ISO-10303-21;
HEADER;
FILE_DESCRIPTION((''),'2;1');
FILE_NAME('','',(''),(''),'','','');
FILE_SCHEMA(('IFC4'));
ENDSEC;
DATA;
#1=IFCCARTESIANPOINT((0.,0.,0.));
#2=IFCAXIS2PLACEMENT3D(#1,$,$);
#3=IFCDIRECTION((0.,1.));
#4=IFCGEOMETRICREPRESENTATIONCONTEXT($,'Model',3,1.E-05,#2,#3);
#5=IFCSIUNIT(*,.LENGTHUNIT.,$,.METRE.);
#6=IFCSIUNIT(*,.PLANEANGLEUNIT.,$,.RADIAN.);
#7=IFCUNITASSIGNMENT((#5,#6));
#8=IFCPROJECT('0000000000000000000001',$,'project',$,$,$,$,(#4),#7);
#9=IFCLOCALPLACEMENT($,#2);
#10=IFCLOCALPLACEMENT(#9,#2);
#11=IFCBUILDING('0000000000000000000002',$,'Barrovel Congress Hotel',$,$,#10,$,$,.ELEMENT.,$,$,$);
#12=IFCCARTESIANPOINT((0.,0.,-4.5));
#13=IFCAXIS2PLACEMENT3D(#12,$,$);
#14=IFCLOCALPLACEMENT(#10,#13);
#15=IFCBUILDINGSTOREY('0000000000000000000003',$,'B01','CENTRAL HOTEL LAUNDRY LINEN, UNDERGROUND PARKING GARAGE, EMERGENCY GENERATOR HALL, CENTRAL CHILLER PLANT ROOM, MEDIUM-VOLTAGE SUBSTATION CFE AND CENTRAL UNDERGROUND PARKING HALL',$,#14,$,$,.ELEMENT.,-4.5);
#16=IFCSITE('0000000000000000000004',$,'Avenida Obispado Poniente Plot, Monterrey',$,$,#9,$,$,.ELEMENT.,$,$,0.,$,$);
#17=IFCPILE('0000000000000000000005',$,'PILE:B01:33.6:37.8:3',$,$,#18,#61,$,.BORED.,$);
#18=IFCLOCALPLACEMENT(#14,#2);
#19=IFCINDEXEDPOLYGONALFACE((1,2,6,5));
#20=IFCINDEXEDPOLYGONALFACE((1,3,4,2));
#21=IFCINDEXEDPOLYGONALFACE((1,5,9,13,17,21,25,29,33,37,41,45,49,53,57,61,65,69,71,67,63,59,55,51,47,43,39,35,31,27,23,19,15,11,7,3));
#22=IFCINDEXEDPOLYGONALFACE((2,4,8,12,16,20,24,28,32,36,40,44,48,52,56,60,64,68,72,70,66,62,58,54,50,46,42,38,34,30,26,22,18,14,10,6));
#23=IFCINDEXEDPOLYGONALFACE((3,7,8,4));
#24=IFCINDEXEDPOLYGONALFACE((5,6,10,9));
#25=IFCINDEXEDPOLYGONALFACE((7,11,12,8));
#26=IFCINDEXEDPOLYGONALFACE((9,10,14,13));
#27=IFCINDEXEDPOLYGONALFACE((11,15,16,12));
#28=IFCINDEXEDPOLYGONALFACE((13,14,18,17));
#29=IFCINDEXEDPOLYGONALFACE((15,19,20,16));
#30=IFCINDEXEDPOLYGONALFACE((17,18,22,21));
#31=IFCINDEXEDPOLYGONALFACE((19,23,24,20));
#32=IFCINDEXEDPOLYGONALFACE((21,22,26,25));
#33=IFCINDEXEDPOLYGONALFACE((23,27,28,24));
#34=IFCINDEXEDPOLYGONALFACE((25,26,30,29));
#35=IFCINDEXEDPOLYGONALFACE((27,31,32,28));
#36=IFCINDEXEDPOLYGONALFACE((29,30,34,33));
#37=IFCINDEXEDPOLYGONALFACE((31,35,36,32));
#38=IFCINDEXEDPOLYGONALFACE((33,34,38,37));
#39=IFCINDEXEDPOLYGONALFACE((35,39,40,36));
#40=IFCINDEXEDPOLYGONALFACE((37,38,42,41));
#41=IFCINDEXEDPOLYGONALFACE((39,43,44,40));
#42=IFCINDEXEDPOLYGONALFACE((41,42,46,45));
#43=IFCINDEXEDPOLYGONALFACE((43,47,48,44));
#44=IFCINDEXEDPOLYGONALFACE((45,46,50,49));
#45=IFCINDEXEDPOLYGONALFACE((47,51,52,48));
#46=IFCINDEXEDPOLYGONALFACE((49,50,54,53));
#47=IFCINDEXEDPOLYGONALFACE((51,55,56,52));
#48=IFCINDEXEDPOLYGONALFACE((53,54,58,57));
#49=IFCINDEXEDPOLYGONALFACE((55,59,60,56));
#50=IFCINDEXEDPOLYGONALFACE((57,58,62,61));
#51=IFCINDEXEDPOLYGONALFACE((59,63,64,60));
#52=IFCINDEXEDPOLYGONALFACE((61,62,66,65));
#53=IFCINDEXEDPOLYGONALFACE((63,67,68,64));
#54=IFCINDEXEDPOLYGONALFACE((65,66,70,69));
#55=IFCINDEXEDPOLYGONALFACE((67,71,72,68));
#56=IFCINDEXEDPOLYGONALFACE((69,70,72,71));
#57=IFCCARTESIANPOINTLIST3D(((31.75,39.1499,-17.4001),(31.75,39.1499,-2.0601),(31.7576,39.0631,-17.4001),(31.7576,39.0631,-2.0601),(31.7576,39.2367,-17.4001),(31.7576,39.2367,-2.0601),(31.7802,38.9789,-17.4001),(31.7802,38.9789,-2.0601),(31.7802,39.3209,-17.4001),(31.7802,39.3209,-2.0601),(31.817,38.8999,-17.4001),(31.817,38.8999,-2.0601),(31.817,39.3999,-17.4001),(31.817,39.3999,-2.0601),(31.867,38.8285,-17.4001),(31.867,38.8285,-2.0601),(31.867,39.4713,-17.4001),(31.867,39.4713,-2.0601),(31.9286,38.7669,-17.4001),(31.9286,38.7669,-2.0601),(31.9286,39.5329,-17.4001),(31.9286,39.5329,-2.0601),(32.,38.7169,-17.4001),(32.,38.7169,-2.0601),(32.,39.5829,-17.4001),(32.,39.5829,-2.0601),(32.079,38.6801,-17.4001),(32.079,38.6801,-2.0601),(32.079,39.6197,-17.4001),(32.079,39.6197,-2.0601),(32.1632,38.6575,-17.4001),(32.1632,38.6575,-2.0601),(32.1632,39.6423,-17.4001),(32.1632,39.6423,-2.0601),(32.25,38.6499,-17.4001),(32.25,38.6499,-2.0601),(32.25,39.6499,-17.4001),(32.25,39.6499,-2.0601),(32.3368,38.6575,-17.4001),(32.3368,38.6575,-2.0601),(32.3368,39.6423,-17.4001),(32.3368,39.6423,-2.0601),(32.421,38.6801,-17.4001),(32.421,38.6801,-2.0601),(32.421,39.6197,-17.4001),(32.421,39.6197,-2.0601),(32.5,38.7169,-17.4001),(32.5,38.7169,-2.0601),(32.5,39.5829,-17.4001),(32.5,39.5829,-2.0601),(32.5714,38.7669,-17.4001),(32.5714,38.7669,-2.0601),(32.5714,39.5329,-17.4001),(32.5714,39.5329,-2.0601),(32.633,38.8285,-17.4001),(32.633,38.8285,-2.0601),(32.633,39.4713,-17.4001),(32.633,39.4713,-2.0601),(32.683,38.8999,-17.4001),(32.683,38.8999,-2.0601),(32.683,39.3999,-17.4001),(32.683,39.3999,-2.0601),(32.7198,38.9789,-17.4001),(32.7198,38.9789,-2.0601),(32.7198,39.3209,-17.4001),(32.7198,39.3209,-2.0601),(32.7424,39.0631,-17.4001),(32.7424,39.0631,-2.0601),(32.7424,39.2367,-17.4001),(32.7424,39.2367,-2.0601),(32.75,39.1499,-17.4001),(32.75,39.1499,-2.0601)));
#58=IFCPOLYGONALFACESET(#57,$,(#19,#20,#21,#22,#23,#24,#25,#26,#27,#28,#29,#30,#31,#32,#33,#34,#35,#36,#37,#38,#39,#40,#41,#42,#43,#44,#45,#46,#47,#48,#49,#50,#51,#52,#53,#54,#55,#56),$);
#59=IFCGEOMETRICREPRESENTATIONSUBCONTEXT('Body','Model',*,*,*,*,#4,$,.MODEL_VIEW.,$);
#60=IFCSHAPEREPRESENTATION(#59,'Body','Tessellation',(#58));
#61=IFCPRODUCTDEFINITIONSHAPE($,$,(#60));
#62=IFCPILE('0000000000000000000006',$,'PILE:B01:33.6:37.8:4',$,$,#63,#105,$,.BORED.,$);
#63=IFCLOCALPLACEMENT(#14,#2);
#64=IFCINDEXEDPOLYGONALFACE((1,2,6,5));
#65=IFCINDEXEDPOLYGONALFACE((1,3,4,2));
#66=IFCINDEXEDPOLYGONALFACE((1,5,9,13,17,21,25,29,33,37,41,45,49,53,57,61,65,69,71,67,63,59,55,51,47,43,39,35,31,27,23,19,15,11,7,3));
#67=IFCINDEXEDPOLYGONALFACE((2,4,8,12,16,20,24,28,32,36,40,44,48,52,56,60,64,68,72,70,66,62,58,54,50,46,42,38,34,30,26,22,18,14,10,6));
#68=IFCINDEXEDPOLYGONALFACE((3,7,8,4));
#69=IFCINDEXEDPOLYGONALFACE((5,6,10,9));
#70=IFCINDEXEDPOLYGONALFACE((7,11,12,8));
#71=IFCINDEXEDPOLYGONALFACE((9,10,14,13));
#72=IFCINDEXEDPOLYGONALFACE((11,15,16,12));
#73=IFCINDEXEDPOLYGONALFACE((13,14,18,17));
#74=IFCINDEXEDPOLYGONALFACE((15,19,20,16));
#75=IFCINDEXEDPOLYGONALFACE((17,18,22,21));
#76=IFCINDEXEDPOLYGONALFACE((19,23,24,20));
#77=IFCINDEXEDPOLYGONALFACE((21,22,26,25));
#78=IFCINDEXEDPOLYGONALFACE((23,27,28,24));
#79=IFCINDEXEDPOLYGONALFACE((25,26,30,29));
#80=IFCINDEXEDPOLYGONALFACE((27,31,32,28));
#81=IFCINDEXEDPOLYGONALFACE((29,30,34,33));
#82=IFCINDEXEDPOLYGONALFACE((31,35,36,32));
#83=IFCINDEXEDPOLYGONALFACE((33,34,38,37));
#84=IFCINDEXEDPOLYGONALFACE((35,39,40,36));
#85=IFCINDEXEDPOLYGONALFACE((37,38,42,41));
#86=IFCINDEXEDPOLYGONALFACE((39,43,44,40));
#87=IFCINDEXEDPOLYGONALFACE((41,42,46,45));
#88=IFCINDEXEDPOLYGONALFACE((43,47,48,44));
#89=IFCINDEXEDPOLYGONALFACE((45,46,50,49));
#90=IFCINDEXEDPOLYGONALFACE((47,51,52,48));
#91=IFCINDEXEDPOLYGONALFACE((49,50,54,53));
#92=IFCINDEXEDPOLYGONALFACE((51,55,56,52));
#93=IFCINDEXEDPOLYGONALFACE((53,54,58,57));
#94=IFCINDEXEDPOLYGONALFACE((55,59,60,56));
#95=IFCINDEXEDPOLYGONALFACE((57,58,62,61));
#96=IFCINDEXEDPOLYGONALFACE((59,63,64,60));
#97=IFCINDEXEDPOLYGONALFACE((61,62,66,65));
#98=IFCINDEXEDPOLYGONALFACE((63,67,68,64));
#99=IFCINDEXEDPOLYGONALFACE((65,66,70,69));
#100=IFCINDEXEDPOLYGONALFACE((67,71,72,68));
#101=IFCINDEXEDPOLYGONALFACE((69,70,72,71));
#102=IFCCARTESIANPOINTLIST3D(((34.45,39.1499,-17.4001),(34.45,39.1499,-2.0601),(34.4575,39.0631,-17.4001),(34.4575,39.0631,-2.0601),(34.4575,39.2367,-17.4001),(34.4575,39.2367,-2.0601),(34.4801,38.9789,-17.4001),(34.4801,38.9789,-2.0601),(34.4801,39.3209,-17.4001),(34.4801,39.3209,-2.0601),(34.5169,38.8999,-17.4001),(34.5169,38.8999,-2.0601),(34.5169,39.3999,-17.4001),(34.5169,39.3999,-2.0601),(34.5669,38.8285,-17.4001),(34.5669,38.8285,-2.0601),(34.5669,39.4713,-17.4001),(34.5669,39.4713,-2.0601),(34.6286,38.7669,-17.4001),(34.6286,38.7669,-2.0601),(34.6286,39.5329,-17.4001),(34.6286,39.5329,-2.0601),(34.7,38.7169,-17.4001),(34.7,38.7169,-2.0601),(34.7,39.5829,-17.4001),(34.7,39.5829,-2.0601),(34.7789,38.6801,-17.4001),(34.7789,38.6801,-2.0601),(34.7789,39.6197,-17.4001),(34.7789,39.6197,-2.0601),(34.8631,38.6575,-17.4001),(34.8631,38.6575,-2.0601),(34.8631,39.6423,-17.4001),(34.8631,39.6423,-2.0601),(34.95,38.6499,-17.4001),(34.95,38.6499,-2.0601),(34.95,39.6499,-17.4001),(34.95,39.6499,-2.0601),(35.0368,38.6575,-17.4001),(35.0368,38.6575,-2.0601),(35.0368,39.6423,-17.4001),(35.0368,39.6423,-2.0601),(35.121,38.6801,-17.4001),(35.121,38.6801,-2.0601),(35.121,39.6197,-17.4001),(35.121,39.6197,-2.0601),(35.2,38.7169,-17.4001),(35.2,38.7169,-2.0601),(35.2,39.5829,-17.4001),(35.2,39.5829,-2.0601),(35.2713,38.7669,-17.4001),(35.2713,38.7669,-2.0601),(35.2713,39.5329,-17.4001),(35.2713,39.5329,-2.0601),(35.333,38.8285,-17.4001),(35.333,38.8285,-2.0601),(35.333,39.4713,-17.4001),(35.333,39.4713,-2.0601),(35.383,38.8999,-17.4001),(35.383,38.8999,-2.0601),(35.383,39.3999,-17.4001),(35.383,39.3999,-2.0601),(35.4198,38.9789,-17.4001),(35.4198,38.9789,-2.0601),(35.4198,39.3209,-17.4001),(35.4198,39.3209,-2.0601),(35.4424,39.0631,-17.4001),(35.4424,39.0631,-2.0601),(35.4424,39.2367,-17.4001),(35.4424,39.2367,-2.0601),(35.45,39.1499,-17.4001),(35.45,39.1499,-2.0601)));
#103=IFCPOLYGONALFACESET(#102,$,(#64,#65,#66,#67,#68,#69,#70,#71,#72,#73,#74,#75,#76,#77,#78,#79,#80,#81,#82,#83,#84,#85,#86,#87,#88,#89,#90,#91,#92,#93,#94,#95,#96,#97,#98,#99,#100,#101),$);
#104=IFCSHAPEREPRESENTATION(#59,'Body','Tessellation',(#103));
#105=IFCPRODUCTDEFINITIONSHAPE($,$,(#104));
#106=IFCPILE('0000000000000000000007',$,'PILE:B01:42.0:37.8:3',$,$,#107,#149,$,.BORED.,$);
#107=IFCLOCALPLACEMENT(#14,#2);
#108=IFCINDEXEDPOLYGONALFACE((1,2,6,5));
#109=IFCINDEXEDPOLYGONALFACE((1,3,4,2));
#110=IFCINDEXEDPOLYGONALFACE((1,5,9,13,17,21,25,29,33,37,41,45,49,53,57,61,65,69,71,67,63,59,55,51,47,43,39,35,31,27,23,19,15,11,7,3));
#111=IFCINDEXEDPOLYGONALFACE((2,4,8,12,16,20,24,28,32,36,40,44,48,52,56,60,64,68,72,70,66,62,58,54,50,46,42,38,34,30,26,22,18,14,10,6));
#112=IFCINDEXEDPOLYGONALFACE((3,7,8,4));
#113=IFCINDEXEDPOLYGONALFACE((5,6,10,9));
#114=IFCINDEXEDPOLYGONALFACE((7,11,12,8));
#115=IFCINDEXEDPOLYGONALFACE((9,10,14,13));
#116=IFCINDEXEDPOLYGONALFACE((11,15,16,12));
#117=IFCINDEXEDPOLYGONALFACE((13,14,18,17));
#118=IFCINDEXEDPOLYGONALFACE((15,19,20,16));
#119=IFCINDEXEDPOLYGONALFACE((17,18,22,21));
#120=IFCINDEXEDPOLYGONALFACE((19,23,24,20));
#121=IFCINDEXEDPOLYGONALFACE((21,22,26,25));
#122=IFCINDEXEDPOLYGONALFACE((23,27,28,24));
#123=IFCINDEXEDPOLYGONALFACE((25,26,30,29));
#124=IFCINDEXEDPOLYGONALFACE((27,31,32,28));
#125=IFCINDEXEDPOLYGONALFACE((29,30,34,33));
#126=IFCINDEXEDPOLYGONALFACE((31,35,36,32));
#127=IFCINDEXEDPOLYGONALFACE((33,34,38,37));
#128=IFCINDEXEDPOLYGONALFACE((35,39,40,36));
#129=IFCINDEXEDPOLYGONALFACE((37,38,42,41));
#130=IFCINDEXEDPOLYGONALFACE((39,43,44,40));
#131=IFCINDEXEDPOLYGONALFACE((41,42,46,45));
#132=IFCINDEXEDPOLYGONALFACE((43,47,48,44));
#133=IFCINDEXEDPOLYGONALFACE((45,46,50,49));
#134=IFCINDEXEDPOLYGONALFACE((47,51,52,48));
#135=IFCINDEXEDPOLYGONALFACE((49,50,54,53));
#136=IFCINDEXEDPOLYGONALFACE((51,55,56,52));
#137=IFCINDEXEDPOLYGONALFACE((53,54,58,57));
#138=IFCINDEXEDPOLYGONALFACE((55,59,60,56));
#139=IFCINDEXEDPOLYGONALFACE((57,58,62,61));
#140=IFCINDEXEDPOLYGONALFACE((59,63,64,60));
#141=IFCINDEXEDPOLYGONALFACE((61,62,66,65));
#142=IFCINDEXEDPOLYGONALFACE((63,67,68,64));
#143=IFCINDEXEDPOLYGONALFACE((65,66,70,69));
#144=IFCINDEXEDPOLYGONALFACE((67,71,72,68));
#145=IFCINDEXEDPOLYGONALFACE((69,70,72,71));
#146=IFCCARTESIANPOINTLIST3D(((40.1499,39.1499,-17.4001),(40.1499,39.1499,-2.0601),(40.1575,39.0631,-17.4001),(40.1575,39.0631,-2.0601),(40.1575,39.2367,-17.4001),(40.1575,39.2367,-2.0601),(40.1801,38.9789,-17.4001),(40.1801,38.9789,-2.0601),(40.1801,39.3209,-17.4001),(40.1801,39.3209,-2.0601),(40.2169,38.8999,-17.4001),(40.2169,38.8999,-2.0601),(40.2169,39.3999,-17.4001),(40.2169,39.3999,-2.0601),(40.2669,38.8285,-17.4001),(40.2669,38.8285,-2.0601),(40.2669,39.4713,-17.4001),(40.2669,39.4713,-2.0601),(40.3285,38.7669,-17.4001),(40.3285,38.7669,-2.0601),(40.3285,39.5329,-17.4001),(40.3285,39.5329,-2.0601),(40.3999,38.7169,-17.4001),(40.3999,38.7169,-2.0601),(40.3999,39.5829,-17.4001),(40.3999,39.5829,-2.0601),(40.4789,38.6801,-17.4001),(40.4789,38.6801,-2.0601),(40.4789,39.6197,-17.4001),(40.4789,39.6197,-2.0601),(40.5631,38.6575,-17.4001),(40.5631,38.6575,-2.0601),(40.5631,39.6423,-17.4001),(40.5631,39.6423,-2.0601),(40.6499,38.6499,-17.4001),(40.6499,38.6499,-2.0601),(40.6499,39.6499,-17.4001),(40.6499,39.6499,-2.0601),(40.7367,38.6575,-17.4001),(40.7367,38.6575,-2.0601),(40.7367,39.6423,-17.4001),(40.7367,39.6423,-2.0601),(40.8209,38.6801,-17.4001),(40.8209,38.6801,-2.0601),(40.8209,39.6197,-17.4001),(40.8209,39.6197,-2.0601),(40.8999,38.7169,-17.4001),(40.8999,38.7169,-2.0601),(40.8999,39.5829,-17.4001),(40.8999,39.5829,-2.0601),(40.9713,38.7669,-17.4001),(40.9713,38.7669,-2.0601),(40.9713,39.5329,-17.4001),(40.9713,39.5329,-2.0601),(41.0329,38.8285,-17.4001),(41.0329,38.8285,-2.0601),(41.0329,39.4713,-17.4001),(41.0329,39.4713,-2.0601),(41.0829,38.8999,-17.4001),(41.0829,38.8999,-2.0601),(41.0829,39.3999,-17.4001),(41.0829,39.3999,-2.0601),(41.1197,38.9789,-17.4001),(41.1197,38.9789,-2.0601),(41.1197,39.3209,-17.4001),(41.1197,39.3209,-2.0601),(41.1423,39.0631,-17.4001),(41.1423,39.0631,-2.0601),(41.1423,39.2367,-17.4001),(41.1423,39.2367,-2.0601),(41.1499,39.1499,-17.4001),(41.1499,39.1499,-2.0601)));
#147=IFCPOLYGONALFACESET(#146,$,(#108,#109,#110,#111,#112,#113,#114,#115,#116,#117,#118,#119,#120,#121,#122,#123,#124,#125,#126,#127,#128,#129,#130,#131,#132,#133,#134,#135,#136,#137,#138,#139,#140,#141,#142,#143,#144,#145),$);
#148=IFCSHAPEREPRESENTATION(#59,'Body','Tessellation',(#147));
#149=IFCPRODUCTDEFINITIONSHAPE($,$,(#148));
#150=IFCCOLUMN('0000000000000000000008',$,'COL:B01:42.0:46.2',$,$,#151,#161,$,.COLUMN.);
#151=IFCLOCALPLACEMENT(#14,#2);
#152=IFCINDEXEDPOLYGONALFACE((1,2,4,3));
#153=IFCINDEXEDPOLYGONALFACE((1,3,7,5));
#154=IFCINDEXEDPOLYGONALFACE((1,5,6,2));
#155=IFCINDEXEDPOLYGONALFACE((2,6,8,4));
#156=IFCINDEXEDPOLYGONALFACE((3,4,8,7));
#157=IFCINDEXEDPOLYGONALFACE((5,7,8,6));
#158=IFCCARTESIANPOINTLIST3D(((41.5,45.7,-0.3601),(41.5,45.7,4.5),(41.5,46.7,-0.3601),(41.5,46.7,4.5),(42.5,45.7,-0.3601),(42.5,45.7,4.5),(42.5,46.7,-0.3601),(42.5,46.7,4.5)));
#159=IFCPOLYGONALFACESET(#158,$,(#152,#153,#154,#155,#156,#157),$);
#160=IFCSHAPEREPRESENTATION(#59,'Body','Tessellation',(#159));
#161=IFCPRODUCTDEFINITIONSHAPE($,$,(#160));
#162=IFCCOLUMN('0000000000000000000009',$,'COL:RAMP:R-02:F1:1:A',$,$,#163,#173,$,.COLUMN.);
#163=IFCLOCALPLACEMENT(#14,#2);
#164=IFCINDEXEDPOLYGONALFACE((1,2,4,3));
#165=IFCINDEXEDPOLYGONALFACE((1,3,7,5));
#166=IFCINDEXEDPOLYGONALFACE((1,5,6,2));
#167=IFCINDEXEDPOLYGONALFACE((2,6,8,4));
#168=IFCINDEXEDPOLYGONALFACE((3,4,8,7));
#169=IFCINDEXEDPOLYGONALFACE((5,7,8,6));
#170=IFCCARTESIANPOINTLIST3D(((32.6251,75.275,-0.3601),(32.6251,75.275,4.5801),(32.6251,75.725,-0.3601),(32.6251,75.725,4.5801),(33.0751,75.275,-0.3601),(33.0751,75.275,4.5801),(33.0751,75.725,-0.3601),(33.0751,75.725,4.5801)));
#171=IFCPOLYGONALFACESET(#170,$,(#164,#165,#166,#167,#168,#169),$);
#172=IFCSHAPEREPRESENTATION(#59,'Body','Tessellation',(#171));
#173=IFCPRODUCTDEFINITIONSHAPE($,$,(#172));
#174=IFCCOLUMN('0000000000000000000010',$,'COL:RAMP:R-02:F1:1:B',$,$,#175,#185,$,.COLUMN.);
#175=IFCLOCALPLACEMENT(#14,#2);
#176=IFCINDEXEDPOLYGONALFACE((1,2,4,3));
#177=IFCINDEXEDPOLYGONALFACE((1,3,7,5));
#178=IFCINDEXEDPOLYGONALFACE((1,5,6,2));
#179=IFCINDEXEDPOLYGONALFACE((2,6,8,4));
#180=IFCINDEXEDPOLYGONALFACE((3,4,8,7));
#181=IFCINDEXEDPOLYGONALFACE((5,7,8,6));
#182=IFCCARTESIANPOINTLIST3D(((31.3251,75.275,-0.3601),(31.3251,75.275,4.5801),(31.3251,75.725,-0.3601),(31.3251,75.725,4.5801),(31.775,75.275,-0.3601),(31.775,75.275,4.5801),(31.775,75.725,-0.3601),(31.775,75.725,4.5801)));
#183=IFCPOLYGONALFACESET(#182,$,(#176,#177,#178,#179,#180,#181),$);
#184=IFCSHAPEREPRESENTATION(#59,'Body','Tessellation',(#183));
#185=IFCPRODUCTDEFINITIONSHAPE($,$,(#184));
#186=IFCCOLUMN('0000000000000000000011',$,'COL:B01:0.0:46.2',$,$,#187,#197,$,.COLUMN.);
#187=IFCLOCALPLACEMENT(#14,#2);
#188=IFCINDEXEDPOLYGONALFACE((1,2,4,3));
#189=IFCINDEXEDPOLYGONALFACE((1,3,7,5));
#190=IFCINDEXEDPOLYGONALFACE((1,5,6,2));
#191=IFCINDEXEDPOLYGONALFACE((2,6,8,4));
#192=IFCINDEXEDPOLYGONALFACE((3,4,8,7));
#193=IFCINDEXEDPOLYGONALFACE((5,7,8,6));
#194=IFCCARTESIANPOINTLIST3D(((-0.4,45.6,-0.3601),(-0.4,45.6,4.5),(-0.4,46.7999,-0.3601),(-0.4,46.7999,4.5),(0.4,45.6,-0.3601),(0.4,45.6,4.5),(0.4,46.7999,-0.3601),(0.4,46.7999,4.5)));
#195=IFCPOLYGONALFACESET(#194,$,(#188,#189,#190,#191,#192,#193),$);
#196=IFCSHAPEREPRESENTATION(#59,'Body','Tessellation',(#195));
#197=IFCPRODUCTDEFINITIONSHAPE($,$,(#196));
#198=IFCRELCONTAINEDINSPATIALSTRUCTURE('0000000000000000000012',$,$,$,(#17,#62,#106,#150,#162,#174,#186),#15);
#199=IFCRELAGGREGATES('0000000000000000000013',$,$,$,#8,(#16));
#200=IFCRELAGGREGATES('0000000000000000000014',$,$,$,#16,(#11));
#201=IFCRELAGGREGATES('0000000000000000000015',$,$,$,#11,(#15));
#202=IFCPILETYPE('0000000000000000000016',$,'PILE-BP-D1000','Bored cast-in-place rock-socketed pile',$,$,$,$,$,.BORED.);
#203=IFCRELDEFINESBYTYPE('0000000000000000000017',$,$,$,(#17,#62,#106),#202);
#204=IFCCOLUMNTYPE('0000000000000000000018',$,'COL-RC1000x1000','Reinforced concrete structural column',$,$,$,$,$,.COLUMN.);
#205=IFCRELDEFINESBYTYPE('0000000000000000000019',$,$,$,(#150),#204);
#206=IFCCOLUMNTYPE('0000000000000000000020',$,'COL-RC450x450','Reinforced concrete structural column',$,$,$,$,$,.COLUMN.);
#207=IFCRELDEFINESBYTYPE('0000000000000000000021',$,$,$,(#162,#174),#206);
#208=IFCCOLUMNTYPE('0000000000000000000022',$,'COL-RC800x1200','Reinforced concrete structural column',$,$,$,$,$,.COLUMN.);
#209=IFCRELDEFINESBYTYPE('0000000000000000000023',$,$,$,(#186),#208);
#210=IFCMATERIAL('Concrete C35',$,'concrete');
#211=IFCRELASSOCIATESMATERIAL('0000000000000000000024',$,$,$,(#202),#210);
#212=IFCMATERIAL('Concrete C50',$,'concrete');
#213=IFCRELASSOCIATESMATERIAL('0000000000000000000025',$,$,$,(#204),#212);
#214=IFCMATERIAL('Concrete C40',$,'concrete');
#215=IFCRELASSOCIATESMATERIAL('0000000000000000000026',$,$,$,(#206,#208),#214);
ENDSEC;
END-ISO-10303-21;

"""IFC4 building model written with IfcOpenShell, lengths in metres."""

from ifc_helpers import new_model, si_unit, direction, frame, origin, origin_2d, place, context, subcontext, project, spatial, rectangle, circle, extrude, material, material_profile, profile_set, type_object, element, save


model = new_model("IFC4")

# Units and contexts
model_context = context("Model", 3, precision=1e-05, world=origin(), true_north=direction((0.0, 1.0)))
body_context = subcontext(model_context, "Body", "Model", "MODEL_VIEW")
ifc_project = project(units=[si_unit("LENGTHUNIT", "METRE"), si_unit("PLANEANGLEUNIT", "RADIAN")], contexts=[model_context])

# Site, building, storey
site_placement = place(None, origin())
site = spatial("IfcSite", under=ifc_project, at=site_placement, Name="Avenida Obispado Poniente Plot, Monterrey", CompositionType="ELEMENT", RefElevation=0.0)
building_placement = place(site_placement, origin())
building = spatial("IfcBuilding", under=site, at=building_placement, Name="Barrovel Congress Hotel", CompositionType="ELEMENT")
storey_placement = place(building_placement, frame((0.0, 0.0, -4.5)))
storey = spatial("IfcBuildingStorey", under=building, at=storey_placement, Name="B01", Description="CENTRAL HOTEL LAUNDRY LINEN, UNDERGROUND PARKING GARAGE, EMERGENCY GENERATOR HALL, CENTRAL CHILLER PLANT ROOM, MEDIUM-VOLTAGE SUBSTATION CFE AND CENTRAL UNDERGROUND PARKING HALL", CompositionType="ELEMENT", Elevation=-4.5)

# Piles
ifc_material_1 = material(Name="Concrete C35", Category="concrete")
ifc_material_profile_1 = material_profile(ifc_material_1, circle(Radius=0.5, at=origin_2d()), Name="BP-D1000")
ifc_profile_set_1 = profile_set([ifc_material_profile_1], Name="Concrete C35")
pile_type = type_object("IfcPileType", Name="PILE-BP-D1000", Description="Bored cast-in-place rock-socketed pile", PredefinedType="BORED", material=ifc_profile_set_1)
for number, where, z_axis, x_axis, name in (
    (1, (32.25, 39.1499, -2.0601), (0.0, 0.0, -1.0), (1.0, 0.0, 0.0), "PILE:B01:33.6:37.8:3"),
    (2, (34.95, 39.1499, -2.0601), (0.0, 0.0, -1.0), (1.0, 0.0, 0.0), "PILE:B01:33.6:37.8:4"),
    (3, (40.6499, 39.1499, -2.0601), (0.0, 0.0, -1.0), (1.0, 0.0, 0.0), "PILE:B01:42.0:37.8:3"),
):
    element("IfcPile", number, at=place(storey_placement, frame(where, z_axis=z_axis, x_axis=x_axis)), inside=storey, type_object=pile_type, Name=name, PredefinedType="BORED", context=body_context, shape_type="SweptSolid", body=[
        extrude(circle(Radius=0.5, at=origin_2d()), origin(), (0.0, 0.0, 1.0), 15.3401),
    ])

# Columns
ifc_material_2 = material(Name="Concrete C50", Category="concrete")
ifc_material_profile_2 = material_profile(ifc_material_2, rectangle(XDim=1.0, YDim=1.0, at=origin_2d()), Name="RC1000x1000")
ifc_profile_set_2 = profile_set([ifc_material_profile_2], Name="Concrete C50")
column_type_1 = type_object("IfcColumnType", Name="COL-RC1000x1000", Description="Reinforced concrete structural column", PredefinedType="COLUMN", material=ifc_profile_set_2)
column_1_placement = place(storey_placement, frame((42.0, 46.2, -0.3601), z_axis=(0.0, 0.0, 1.0), x_axis=(1.0, 0.0, 0.0)))
element("IfcColumn", 4, at=column_1_placement, inside=storey, type_object=column_type_1, Name="COL:B01:42.0:46.2", PredefinedType="COLUMN", context=body_context, shape_type="SweptSolid", body=[
    extrude(rectangle(XDim=1.0, YDim=1.0, at=origin_2d()), origin(), (0.0, 0.0, 1.0), 4.8601),
])
ifc_material_3 = material(Name="Concrete C40", Category="concrete")
ifc_material_profile_3 = material_profile(ifc_material_3, rectangle(XDim=0.45, YDim=0.45, at=origin_2d()), Name="RC450x450")
ifc_profile_set_3 = profile_set([ifc_material_profile_3], Name="Concrete C40")
column_type_2 = type_object("IfcColumnType", Name="COL-RC450x450", Description="Reinforced concrete structural column", PredefinedType="COLUMN", material=ifc_profile_set_3)
for number, where, z_axis, x_axis, name in (
    (5, (32.8501, 75.5, -0.3601), (0.0, 0.0, 1.0), (1.0, 0.0, 0.0), "COL:RAMP:R-02:F1:1:A"),
    (6, (31.55, 75.5, -0.3601), (0.0, 0.0, 1.0), (1.0, 0.0, 0.0), "COL:RAMP:R-02:F1:1:B"),
):
    element("IfcColumn", number, at=place(storey_placement, frame(where, z_axis=z_axis, x_axis=x_axis)), inside=storey, type_object=column_type_2, Name=name, PredefinedType="COLUMN", context=body_context, shape_type="SweptSolid", body=[
        extrude(rectangle(XDim=0.45, YDim=0.45, at=origin_2d()), origin(), (0.0, 0.0, 1.0), 4.9402),
    ])
ifc_material_profile_4 = material_profile(ifc_material_3, rectangle(XDim=0.8, YDim=1.2, at=origin_2d()), Name="RC800x1200")
ifc_profile_set_4 = profile_set([ifc_material_profile_4], Name="Concrete C40")
column_type_3 = type_object("IfcColumnType", Name="COL-RC800x1200", Description="Reinforced concrete structural column", PredefinedType="COLUMN", material=ifc_profile_set_4)
for number, where, z_axis, x_axis, name in (
    (7, (0.0, 46.2, -0.3601), (0.0, 0.0, 1.0), (1.0, 0.0, 0.0), "COL:B01:0.0:46.2"),
):
    element("IfcColumn", number, at=place(storey_placement, frame(where, z_axis=z_axis, x_axis=x_axis)), inside=storey, type_object=column_type_3, Name=name, PredefinedType="COLUMN", context=body_context, shape_type="SweptSolid", body=[
        extrude(rectangle(XDim=0.8, YDim=1.2, at=origin_2d()), origin(), (0.0, 0.0, 1.0), 4.8601),
    ])

save(model, "model.ifc")
